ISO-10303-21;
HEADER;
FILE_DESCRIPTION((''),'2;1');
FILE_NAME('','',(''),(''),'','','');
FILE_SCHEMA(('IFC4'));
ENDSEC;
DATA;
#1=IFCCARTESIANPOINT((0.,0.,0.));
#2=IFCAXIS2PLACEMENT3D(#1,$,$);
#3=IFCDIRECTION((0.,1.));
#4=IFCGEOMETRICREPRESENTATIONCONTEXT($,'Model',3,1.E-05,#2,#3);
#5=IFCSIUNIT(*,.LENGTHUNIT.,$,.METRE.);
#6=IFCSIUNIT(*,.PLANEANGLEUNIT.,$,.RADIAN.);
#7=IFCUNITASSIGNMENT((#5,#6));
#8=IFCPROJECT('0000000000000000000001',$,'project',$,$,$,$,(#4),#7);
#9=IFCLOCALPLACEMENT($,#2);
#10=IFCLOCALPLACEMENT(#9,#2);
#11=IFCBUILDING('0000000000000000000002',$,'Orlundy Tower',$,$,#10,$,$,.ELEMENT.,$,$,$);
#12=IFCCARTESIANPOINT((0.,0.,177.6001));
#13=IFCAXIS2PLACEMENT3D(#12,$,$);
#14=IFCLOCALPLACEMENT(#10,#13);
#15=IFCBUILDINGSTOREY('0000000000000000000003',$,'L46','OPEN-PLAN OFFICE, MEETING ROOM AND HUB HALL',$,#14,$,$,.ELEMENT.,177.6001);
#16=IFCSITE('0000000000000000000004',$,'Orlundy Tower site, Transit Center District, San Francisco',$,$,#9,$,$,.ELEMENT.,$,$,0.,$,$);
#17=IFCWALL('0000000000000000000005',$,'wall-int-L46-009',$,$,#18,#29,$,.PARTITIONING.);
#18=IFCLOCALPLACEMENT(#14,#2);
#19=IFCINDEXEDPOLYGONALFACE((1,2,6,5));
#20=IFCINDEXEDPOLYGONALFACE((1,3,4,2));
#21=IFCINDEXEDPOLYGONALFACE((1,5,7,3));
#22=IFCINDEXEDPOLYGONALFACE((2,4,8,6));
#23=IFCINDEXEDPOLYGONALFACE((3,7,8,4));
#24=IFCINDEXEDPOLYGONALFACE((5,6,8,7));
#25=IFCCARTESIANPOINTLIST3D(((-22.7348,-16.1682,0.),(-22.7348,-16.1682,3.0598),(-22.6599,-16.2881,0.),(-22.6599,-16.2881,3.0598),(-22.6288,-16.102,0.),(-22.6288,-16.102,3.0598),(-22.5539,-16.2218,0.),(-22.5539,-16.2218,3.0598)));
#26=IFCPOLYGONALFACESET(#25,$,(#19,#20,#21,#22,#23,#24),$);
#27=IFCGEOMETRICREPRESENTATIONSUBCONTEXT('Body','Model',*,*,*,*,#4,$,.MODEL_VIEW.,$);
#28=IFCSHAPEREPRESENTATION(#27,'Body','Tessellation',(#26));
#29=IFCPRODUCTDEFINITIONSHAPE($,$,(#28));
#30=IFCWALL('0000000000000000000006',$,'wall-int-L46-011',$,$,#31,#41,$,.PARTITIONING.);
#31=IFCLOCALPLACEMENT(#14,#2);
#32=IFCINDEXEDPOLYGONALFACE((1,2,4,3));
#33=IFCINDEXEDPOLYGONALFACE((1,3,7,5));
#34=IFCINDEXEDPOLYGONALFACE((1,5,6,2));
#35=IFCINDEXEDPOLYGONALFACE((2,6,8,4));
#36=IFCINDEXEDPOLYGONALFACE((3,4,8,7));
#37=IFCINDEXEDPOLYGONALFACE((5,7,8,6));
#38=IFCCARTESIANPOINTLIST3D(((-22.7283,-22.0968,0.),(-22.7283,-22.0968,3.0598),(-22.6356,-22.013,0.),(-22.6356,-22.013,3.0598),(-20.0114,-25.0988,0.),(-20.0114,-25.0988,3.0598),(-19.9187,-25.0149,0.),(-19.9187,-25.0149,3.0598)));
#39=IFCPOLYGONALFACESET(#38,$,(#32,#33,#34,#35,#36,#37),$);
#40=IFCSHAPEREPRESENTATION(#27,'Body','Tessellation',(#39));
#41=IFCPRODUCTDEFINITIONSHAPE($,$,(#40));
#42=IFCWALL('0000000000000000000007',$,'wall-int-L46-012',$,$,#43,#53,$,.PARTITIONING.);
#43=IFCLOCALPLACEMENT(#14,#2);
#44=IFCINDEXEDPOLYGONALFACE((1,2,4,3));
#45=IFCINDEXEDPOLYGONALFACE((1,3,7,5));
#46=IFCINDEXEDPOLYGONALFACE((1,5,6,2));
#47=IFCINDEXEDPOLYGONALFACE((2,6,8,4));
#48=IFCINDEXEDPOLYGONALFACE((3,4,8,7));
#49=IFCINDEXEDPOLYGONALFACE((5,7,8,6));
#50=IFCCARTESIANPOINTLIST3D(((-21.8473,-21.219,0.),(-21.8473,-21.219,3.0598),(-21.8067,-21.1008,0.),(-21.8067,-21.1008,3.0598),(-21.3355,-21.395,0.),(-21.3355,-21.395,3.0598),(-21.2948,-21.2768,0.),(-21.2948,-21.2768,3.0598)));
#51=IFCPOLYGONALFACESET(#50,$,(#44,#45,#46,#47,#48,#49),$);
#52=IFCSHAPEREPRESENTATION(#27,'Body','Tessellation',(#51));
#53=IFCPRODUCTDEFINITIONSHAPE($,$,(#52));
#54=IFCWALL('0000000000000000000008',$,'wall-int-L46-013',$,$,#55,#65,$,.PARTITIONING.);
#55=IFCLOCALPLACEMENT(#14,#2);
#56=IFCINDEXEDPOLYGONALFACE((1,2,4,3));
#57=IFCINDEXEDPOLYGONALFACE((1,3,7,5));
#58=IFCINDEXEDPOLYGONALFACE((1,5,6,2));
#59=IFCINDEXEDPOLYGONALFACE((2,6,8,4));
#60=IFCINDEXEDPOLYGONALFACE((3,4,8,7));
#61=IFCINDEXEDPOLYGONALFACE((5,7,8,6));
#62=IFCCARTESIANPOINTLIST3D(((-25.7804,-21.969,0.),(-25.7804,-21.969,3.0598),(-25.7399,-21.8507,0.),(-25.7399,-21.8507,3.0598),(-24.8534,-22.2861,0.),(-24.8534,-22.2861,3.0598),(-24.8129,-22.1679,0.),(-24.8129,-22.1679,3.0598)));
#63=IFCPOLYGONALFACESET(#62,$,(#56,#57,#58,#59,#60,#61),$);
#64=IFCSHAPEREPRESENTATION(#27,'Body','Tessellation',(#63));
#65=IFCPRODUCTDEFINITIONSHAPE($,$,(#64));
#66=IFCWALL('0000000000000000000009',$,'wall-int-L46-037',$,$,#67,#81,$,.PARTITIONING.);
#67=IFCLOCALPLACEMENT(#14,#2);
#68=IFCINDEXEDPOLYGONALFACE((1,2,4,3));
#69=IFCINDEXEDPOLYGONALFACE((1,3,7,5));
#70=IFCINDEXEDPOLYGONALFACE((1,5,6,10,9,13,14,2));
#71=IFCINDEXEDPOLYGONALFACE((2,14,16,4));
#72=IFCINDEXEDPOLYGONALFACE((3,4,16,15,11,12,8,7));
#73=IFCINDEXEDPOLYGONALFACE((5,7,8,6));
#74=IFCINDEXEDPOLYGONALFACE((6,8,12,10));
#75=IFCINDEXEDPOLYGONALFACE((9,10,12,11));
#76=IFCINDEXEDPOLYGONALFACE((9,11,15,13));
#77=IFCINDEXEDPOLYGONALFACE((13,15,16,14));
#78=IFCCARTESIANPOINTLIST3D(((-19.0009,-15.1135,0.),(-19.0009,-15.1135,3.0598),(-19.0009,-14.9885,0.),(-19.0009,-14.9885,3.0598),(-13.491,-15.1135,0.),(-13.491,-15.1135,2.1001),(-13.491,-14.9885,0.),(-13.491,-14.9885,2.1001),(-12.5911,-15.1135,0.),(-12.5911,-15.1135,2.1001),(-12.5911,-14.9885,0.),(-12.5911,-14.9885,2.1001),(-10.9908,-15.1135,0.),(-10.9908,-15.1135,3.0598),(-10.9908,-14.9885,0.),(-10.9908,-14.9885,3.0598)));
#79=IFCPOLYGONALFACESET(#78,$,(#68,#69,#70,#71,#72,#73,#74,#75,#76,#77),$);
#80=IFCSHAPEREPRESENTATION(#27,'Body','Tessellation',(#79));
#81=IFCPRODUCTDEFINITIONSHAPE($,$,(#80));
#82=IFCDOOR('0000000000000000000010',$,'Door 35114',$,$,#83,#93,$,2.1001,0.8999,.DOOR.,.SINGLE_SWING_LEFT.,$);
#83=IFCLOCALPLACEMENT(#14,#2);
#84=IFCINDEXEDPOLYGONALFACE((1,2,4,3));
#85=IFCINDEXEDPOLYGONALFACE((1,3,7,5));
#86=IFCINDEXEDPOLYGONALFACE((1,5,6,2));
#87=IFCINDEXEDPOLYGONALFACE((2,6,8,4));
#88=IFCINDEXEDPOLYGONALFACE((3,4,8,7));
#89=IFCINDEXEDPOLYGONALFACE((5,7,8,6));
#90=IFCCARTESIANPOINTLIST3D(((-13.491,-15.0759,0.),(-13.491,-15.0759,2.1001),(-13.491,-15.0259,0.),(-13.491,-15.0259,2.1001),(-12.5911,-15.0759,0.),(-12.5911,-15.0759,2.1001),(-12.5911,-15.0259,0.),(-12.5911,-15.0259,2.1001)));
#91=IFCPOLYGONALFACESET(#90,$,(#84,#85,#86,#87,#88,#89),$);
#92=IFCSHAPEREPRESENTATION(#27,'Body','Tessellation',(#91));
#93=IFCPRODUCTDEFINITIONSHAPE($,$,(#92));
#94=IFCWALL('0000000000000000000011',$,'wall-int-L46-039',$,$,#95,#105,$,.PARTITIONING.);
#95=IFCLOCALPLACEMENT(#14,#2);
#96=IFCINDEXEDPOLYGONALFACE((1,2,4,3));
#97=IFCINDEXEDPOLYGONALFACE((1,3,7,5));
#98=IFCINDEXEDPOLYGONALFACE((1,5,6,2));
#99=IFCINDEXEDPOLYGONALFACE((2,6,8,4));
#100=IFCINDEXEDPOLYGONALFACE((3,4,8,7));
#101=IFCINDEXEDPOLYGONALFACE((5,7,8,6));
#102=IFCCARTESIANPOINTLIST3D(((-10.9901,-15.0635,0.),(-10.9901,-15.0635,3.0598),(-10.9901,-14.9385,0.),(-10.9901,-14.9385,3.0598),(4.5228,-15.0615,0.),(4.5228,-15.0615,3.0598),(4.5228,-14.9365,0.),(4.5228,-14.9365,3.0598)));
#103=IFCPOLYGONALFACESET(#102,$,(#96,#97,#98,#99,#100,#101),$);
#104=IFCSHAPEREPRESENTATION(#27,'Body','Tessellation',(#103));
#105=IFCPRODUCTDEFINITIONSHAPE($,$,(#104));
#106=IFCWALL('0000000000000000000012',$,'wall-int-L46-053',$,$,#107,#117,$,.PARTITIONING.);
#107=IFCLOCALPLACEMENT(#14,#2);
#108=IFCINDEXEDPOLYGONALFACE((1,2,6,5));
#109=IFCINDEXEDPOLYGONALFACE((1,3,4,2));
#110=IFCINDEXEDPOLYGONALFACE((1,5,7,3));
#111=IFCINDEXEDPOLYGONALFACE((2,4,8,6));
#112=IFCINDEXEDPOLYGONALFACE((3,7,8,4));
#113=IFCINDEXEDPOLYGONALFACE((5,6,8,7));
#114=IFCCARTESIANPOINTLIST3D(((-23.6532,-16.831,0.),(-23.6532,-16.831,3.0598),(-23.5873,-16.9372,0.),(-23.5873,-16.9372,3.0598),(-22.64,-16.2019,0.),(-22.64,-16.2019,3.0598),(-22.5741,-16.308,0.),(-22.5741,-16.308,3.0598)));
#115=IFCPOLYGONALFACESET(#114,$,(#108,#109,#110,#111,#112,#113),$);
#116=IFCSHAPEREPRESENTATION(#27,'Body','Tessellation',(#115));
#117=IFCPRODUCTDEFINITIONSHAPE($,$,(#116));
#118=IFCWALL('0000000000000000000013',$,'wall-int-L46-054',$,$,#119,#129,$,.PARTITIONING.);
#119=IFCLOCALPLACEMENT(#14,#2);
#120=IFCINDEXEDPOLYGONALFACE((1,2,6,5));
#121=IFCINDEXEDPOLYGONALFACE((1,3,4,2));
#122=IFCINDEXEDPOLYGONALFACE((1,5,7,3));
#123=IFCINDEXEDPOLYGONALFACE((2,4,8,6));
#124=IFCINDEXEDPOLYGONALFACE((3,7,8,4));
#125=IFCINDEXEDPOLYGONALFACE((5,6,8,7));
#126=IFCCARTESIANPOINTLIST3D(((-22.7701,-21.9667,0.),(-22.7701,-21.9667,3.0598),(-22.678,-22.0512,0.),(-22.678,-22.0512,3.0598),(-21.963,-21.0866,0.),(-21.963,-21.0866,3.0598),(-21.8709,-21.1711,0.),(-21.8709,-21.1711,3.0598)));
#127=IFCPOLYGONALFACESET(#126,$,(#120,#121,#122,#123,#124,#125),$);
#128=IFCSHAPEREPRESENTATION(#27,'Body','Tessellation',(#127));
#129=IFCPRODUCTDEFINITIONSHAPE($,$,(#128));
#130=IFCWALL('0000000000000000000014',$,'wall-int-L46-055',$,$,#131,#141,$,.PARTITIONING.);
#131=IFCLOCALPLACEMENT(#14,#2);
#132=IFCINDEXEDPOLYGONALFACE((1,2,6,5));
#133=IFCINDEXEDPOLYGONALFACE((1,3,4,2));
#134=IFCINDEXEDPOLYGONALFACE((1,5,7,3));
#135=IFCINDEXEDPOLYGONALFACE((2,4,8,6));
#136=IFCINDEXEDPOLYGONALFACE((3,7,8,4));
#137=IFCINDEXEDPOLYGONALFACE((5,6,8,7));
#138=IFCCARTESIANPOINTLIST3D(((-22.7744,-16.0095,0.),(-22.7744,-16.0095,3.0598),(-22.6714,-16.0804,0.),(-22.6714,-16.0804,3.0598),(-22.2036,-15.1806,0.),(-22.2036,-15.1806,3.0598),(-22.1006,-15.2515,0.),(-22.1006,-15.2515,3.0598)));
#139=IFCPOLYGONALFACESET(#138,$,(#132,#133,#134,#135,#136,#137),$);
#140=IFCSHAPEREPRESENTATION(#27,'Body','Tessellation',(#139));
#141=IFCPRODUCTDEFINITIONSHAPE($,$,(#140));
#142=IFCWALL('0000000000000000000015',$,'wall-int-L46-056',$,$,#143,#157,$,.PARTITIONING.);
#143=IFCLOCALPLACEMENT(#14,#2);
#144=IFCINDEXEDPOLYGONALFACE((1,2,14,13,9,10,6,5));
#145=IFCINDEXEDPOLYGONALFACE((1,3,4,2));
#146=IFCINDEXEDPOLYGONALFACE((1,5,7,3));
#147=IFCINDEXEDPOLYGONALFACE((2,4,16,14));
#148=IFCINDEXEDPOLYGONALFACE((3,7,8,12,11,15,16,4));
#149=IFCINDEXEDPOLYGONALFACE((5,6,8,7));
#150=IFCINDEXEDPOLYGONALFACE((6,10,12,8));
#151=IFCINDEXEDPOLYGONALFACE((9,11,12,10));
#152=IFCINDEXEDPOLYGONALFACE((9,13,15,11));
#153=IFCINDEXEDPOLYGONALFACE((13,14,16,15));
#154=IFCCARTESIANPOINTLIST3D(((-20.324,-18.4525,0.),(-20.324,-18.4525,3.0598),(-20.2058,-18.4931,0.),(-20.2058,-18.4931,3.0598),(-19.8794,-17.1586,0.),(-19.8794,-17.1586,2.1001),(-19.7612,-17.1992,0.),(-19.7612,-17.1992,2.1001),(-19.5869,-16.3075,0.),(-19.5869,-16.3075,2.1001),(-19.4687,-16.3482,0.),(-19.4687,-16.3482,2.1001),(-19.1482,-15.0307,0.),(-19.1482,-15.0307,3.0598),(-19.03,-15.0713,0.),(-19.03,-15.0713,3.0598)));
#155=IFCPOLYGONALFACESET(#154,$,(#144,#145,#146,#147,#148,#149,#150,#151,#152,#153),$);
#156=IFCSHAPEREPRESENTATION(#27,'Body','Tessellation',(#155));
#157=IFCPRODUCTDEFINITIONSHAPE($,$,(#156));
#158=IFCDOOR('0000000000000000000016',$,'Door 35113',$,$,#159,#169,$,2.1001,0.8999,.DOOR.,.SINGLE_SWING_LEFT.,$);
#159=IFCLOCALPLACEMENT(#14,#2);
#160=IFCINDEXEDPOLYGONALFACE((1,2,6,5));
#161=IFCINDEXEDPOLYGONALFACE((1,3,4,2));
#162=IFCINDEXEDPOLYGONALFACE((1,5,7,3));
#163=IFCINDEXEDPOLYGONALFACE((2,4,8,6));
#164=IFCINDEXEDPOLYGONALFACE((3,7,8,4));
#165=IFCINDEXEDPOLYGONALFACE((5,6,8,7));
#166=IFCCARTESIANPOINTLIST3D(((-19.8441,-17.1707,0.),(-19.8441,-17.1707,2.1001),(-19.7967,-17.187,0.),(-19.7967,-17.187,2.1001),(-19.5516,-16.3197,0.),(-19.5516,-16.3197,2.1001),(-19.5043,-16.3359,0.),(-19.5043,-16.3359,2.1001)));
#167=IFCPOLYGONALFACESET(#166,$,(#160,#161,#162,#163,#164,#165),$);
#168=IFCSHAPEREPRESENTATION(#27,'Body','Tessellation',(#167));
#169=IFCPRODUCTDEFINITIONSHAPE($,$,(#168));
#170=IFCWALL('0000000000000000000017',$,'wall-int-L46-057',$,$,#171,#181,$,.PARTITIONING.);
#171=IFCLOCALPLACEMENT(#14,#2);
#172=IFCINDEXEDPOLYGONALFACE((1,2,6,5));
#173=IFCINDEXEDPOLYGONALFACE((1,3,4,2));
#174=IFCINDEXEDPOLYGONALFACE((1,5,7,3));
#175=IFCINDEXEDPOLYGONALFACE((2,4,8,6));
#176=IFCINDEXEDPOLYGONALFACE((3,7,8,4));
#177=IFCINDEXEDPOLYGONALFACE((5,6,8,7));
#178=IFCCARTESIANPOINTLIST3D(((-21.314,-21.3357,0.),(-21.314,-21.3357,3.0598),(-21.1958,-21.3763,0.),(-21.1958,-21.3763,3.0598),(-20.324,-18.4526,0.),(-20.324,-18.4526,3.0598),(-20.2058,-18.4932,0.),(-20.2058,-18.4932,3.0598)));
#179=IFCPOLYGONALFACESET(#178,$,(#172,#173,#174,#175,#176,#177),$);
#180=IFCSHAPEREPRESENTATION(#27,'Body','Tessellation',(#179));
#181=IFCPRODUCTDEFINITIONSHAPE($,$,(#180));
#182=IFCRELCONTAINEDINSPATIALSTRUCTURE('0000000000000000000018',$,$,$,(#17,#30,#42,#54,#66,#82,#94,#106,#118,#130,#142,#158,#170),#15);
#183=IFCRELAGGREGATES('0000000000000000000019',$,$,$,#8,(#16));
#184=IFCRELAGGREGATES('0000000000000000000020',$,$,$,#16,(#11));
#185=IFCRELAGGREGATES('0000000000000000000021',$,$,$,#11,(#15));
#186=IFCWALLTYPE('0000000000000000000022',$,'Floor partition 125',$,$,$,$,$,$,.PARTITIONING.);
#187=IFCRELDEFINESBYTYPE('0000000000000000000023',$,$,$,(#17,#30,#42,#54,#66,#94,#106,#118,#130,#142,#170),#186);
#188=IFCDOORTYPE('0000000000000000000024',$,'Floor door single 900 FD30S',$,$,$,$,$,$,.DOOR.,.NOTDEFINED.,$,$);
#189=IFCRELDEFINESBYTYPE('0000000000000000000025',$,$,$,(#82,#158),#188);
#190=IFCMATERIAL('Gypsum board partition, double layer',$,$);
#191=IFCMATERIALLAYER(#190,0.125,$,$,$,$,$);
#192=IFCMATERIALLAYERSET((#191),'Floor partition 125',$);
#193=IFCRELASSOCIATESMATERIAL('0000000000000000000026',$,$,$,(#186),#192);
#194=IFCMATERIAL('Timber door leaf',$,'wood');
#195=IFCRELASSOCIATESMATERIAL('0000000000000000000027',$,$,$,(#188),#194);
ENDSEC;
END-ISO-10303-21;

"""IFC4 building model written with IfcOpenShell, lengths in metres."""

from ifc_helpers import new_model, si_unit, direction, frame, frame_2d, origin, place, context, subcontext, project, spatial, rectangle, extrude, material, layer, layer_set, type_object, element, fill, save


model = new_model("IFC4")

# Units and contexts
model_context = context("Model", 3, precision=1e-05, world=origin(), true_north=direction((0.0, 1.0)))
body_context = subcontext(model_context, "Body", "Model", "MODEL_VIEW")
ifc_project = project(units=[si_unit("LENGTHUNIT", "METRE"), si_unit("PLANEANGLEUNIT", "RADIAN")], contexts=[model_context])

# Site, building, storey
site_placement = place(None, origin())
site = spatial("IfcSite", under=ifc_project, at=site_placement, Name="Orlundy Tower site, Transit Center District, San Francisco", CompositionType="ELEMENT", RefElevation=0.0)
building_placement = place(site_placement, origin())
building = spatial("IfcBuilding", under=site, at=building_placement, Name="Orlundy Tower", CompositionType="ELEMENT")
storey_placement = place(building_placement, frame((0.0, 0.0, 177.6001)))
storey = spatial("IfcBuildingStorey", under=building, at=storey_placement, Name="L46", Description="OPEN-PLAN OFFICE, MEETING ROOM AND HUB HALL", CompositionType="ELEMENT", Elevation=177.6001)

# Walls
ifc_material_1 = material(Name="Gypsum board partition, double layer")
ifc_layer_1 = layer(ifc_material_1, 0.125)
ifc_layer_set_1 = layer_set([ifc_layer_1], Name="Floor partition 125")
wall_type_1 = type_object("IfcWallType", Name="Floor partition 125", PredefinedType="PARTITIONING", material=ifc_layer_set_1)
wall_1_placement = place(storey_placement, frame((-22.6819, -16.135, 0.0), z_axis=(0.0, 0.0, 1.0), x_axis=(0.530154, -0.847901, 0.0)))
element("IfcWall", 1, at=wall_1_placement, inside=storey, type_object=wall_type_1, Name="wall-int-L46-009", PredefinedType="PARTITIONING", context=body_context, shape_type="SweptSolid", body=[
    extrude(rectangle(XDim=0.1414, YDim=0.125, at=frame_2d((0.0708, 0.0))), origin(), (0.0, 0.0, 1.0), 3.0598),
])
wall_2_placement = place(storey_placement, frame((-19.9651, -25.0569, 0.0), z_axis=(0.0, 0.0, 1.0), x_axis=(-0.671014, 0.741444, 0.0)))
element("IfcWall", 2, at=wall_2_placement, inside=storey, type_object=wall_type_1, Name="wall-int-L46-011", PredefinedType="PARTITIONING", context=body_context, shape_type="SweptSolid", body=[
    extrude(rectangle(XDim=4.0488, YDim=0.125, at=frame_2d((2.0244, 0.0))), origin(), (0.0, 0.0, 1.0), 3.0598),
])
wall_3_placement = place(storey_placement, frame((-21.8269, -21.1599, 0.0), z_axis=(0.0, 0.0, 1.0), x_axis=(0.945665, -0.325143, 0.0)))
element("IfcWall", 3, at=wall_3_placement, inside=storey, type_object=wall_type_1, Name="wall-int-L46-012", PredefinedType="PARTITIONING", context=body_context, shape_type="SweptSolid", body=[
    extrude(rectangle(XDim=0.5413, YDim=0.125, at=frame_2d((0.2705, 0.0))), origin(), (0.0, 0.0, 1.0), 3.0598),
])
wall_4_placement = place(storey_placement, frame((-25.76, -21.9099, 0.0), z_axis=(0.0, 0.0, 1.0), x_axis=(0.946162, -0.323694, 0.0)))
element("IfcWall", 4, at=wall_4_placement, inside=storey, type_object=wall_type_1, Name="wall-int-L46-013", PredefinedType="PARTITIONING", context=body_context, shape_type="SweptSolid", body=[
    extrude(rectangle(XDim=0.9797, YDim=0.125, at=frame_2d((0.4897, 0.0))), origin(), (0.0, 0.0, 1.0), 3.0598),
])

# Wall, opening, door
wall_5_placement = place(storey_placement, frame((-10.991, -15.051, 0.0), z_axis=(0.0, 0.0, 1.0), x_axis=(-1.0, 0.0, 0.0)))
wall_5 = element("IfcWall", 5, at=wall_5_placement, inside=storey, type_object=wall_type_1, Name="wall-int-L46-037", PredefinedType="PARTITIONING", context=body_context, shape_type="SweptSolid", body=[
    extrude(rectangle(XDim=8.01, YDim=0.125, at=frame_2d((4.0049, 0.0))), origin(), (0.0, 0.0, 1.0), 3.0598),
])
opening_1_placement = place(wall_5_placement, frame((1.6001, 0.0, 0.0)))
opening_1 = element("IfcOpeningElement", 6, at=opening_1_placement, cuts=wall_5, PredefinedType="OPENING", context=body_context, shape_type="SweptSolid", body=[
    extrude(rectangle(XDim=0.8999, YDim=2.1001, at=frame_2d((0.45, 1.05))), frame((0.0, 0.0725, 0.0), z_axis=(0.0, -1.0, 0.0), x_axis=(1.0, 0.0, 0.0)), (0.0, 0.0, 1.0), 0.145),
])
ifc_material_2 = material(Name="Timber door leaf", Category="wood")
door_type_1 = type_object("IfcDoorType", Name="Floor door single 900 FD30S", OperationType="NOTDEFINED", PredefinedType="DOOR", material=ifc_material_2)
door_1_placement = place(opening_1_placement, origin())
door_1 = element("IfcDoor", 7, at=door_1_placement, inside=storey, type_object=door_type_1, Name="Door 35114", OperationType="SINGLE_SWING_LEFT", OverallHeight=2.1001, OverallWidth=0.8999, PredefinedType="DOOR", context=body_context, shape_type="SweptSolid", body=[
    extrude(rectangle(XDim=0.8999, YDim=2.1001, at=frame_2d((0.45, 1.05))), frame((0.0, 0.0249, 0.0), z_axis=(0.0, -1.0, 0.0), x_axis=(1.0, 0.0, 0.0)), (0.0, 0.0, 1.0), 0.05),
])
fill(opening_1, door_1)

# Walls
wall_6_placement = place(storey_placement, frame((-10.99, -15.001, 0.0), z_axis=(0.0, 0.0, 1.0), x_axis=(1.0, 0.000126, 0.0)))
element("IfcWall", 8, at=wall_6_placement, inside=storey, type_object=wall_type_1, Name="wall-int-L46-039", PredefinedType="PARTITIONING", context=body_context, shape_type="SweptSolid", body=[
    extrude(rectangle(XDim=15.5129, YDim=0.125, at=frame_2d((7.7563, 0.0))), origin(), (0.0, 0.0, 1.0), 3.0598),
])
wall_7_placement = place(storey_placement, frame((-23.6201, -16.884, 0.0), z_axis=(0.0, 0.0, 1.0), x_axis=(0.849536, 0.527531, 0.0)))
element("IfcWall", 9, at=wall_7_placement, inside=storey, type_object=wall_type_1, Name="wall-int-L46-053", PredefinedType="PARTITIONING", context=body_context, shape_type="SweptSolid", body=[
    extrude(rectangle(XDim=1.1926, YDim=0.125, at=frame_2d((0.5962, 0.0))), origin(), (0.0, 0.0, 1.0), 3.0598),
])
wall_8_placement = place(storey_placement, frame((-22.7241, -22.009, 0.0), z_axis=(0.0, 0.0, 1.0), x_axis=(0.675882, 0.73701, 0.0)))
element("IfcWall", 10, at=wall_8_placement, inside=storey, type_object=wall_type_1, Name="wall-int-L46-054", PredefinedType="PARTITIONING", context=body_context, shape_type="SweptSolid", body=[
    extrude(rectangle(XDim=1.1941, YDim=0.125, at=frame_2d((0.5972, 0.0))), origin(), (0.0, 0.0, 1.0), 3.0598),
])
wall_9_placement = place(storey_placement, frame((-22.7229, -16.0449, 0.0), z_axis=(0.0, 0.0, 1.0), x_axis=(0.567177, 0.823596, 0.0)))
element("IfcWall", 11, at=wall_9_placement, inside=storey, type_object=wall_type_1, Name="wall-int-L46-055", PredefinedType="PARTITIONING", context=body_context, shape_type="SweptSolid", body=[
    extrude(rectangle(XDim=1.0063, YDim=0.125, at=frame_2d((0.5032, 0.0))), origin(), (0.0, 0.0, 1.0), 3.0598),
])

# Wall, opening, door
wall_10_placement = place(storey_placement, frame((-19.0891, -15.051, 0.0), z_axis=(0.0, 0.0, 1.0), x_axis=(-0.324959, -0.945728, 0.0)))
wall_10 = element("IfcWall", 12, at=wall_10_placement, inside=storey, type_object=wall_type_1, Name="wall-int-L46-056", PredefinedType="PARTITIONING", context=body_context, shape_type="SweptSolid", body=[
    extrude(rectangle(XDim=3.6182, YDim=0.125, at=frame_2d((1.8091, 0.0))), origin(), (0.0, 0.0, 1.0), 3.0598),
])
opening_2_placement = place(wall_10_placement, frame((1.3501, 0.0, 0.0)))
opening_2 = element("IfcOpeningElement", 13, at=opening_2_placement, cuts=wall_10, PredefinedType="OPENING", context=body_context, shape_type="SweptSolid", body=[
    extrude(rectangle(XDim=0.8999, YDim=2.1001, at=frame_2d((0.45, 1.05))), frame((0.0, 0.0725, 0.0), z_axis=(0.0, -1.0, 0.0), x_axis=(1.0, 0.0, 0.0)), (0.0, 0.0, 1.0), 0.145),
])
door_2_placement = place(opening_2_placement, origin())
door_2 = element("IfcDoor", 14, at=door_2_placement, inside=storey, type_object=door_type_1, Name="Door 35113", OperationType="SINGLE_SWING_LEFT", OverallHeight=2.1001, OverallWidth=0.8999, PredefinedType="DOOR", context=body_context, shape_type="SweptSolid", body=[
    extrude(rectangle(XDim=0.8999, YDim=2.1001, at=frame_2d((0.45, 1.05))), frame((0.0, 0.0249, 0.0), z_axis=(0.0, -1.0, 0.0), x_axis=(1.0, 0.0, 0.0)), (0.0, 0.0, 1.0), 0.05),
])
fill(opening_2, door_2)

# Wall
wall_11_placement = place(storey_placement, frame((-21.2549, -21.356, 0.0), z_axis=(0.0, 0.0, 1.0), x_axis=(0.324769, 0.945793, 0.0)))
element("IfcWall", 15, at=wall_11_placement, inside=storey, type_object=wall_type_1, Name="wall-int-L46-057", PredefinedType="PARTITIONING", context=body_context, shape_type="SweptSolid", body=[
    extrude(rectangle(XDim=3.0483, YDim=0.125, at=frame_2d((1.5242, 0.0))), origin(), (0.0, 0.0, 1.0), 3.0598),
])

save(model, "model.ifc")
